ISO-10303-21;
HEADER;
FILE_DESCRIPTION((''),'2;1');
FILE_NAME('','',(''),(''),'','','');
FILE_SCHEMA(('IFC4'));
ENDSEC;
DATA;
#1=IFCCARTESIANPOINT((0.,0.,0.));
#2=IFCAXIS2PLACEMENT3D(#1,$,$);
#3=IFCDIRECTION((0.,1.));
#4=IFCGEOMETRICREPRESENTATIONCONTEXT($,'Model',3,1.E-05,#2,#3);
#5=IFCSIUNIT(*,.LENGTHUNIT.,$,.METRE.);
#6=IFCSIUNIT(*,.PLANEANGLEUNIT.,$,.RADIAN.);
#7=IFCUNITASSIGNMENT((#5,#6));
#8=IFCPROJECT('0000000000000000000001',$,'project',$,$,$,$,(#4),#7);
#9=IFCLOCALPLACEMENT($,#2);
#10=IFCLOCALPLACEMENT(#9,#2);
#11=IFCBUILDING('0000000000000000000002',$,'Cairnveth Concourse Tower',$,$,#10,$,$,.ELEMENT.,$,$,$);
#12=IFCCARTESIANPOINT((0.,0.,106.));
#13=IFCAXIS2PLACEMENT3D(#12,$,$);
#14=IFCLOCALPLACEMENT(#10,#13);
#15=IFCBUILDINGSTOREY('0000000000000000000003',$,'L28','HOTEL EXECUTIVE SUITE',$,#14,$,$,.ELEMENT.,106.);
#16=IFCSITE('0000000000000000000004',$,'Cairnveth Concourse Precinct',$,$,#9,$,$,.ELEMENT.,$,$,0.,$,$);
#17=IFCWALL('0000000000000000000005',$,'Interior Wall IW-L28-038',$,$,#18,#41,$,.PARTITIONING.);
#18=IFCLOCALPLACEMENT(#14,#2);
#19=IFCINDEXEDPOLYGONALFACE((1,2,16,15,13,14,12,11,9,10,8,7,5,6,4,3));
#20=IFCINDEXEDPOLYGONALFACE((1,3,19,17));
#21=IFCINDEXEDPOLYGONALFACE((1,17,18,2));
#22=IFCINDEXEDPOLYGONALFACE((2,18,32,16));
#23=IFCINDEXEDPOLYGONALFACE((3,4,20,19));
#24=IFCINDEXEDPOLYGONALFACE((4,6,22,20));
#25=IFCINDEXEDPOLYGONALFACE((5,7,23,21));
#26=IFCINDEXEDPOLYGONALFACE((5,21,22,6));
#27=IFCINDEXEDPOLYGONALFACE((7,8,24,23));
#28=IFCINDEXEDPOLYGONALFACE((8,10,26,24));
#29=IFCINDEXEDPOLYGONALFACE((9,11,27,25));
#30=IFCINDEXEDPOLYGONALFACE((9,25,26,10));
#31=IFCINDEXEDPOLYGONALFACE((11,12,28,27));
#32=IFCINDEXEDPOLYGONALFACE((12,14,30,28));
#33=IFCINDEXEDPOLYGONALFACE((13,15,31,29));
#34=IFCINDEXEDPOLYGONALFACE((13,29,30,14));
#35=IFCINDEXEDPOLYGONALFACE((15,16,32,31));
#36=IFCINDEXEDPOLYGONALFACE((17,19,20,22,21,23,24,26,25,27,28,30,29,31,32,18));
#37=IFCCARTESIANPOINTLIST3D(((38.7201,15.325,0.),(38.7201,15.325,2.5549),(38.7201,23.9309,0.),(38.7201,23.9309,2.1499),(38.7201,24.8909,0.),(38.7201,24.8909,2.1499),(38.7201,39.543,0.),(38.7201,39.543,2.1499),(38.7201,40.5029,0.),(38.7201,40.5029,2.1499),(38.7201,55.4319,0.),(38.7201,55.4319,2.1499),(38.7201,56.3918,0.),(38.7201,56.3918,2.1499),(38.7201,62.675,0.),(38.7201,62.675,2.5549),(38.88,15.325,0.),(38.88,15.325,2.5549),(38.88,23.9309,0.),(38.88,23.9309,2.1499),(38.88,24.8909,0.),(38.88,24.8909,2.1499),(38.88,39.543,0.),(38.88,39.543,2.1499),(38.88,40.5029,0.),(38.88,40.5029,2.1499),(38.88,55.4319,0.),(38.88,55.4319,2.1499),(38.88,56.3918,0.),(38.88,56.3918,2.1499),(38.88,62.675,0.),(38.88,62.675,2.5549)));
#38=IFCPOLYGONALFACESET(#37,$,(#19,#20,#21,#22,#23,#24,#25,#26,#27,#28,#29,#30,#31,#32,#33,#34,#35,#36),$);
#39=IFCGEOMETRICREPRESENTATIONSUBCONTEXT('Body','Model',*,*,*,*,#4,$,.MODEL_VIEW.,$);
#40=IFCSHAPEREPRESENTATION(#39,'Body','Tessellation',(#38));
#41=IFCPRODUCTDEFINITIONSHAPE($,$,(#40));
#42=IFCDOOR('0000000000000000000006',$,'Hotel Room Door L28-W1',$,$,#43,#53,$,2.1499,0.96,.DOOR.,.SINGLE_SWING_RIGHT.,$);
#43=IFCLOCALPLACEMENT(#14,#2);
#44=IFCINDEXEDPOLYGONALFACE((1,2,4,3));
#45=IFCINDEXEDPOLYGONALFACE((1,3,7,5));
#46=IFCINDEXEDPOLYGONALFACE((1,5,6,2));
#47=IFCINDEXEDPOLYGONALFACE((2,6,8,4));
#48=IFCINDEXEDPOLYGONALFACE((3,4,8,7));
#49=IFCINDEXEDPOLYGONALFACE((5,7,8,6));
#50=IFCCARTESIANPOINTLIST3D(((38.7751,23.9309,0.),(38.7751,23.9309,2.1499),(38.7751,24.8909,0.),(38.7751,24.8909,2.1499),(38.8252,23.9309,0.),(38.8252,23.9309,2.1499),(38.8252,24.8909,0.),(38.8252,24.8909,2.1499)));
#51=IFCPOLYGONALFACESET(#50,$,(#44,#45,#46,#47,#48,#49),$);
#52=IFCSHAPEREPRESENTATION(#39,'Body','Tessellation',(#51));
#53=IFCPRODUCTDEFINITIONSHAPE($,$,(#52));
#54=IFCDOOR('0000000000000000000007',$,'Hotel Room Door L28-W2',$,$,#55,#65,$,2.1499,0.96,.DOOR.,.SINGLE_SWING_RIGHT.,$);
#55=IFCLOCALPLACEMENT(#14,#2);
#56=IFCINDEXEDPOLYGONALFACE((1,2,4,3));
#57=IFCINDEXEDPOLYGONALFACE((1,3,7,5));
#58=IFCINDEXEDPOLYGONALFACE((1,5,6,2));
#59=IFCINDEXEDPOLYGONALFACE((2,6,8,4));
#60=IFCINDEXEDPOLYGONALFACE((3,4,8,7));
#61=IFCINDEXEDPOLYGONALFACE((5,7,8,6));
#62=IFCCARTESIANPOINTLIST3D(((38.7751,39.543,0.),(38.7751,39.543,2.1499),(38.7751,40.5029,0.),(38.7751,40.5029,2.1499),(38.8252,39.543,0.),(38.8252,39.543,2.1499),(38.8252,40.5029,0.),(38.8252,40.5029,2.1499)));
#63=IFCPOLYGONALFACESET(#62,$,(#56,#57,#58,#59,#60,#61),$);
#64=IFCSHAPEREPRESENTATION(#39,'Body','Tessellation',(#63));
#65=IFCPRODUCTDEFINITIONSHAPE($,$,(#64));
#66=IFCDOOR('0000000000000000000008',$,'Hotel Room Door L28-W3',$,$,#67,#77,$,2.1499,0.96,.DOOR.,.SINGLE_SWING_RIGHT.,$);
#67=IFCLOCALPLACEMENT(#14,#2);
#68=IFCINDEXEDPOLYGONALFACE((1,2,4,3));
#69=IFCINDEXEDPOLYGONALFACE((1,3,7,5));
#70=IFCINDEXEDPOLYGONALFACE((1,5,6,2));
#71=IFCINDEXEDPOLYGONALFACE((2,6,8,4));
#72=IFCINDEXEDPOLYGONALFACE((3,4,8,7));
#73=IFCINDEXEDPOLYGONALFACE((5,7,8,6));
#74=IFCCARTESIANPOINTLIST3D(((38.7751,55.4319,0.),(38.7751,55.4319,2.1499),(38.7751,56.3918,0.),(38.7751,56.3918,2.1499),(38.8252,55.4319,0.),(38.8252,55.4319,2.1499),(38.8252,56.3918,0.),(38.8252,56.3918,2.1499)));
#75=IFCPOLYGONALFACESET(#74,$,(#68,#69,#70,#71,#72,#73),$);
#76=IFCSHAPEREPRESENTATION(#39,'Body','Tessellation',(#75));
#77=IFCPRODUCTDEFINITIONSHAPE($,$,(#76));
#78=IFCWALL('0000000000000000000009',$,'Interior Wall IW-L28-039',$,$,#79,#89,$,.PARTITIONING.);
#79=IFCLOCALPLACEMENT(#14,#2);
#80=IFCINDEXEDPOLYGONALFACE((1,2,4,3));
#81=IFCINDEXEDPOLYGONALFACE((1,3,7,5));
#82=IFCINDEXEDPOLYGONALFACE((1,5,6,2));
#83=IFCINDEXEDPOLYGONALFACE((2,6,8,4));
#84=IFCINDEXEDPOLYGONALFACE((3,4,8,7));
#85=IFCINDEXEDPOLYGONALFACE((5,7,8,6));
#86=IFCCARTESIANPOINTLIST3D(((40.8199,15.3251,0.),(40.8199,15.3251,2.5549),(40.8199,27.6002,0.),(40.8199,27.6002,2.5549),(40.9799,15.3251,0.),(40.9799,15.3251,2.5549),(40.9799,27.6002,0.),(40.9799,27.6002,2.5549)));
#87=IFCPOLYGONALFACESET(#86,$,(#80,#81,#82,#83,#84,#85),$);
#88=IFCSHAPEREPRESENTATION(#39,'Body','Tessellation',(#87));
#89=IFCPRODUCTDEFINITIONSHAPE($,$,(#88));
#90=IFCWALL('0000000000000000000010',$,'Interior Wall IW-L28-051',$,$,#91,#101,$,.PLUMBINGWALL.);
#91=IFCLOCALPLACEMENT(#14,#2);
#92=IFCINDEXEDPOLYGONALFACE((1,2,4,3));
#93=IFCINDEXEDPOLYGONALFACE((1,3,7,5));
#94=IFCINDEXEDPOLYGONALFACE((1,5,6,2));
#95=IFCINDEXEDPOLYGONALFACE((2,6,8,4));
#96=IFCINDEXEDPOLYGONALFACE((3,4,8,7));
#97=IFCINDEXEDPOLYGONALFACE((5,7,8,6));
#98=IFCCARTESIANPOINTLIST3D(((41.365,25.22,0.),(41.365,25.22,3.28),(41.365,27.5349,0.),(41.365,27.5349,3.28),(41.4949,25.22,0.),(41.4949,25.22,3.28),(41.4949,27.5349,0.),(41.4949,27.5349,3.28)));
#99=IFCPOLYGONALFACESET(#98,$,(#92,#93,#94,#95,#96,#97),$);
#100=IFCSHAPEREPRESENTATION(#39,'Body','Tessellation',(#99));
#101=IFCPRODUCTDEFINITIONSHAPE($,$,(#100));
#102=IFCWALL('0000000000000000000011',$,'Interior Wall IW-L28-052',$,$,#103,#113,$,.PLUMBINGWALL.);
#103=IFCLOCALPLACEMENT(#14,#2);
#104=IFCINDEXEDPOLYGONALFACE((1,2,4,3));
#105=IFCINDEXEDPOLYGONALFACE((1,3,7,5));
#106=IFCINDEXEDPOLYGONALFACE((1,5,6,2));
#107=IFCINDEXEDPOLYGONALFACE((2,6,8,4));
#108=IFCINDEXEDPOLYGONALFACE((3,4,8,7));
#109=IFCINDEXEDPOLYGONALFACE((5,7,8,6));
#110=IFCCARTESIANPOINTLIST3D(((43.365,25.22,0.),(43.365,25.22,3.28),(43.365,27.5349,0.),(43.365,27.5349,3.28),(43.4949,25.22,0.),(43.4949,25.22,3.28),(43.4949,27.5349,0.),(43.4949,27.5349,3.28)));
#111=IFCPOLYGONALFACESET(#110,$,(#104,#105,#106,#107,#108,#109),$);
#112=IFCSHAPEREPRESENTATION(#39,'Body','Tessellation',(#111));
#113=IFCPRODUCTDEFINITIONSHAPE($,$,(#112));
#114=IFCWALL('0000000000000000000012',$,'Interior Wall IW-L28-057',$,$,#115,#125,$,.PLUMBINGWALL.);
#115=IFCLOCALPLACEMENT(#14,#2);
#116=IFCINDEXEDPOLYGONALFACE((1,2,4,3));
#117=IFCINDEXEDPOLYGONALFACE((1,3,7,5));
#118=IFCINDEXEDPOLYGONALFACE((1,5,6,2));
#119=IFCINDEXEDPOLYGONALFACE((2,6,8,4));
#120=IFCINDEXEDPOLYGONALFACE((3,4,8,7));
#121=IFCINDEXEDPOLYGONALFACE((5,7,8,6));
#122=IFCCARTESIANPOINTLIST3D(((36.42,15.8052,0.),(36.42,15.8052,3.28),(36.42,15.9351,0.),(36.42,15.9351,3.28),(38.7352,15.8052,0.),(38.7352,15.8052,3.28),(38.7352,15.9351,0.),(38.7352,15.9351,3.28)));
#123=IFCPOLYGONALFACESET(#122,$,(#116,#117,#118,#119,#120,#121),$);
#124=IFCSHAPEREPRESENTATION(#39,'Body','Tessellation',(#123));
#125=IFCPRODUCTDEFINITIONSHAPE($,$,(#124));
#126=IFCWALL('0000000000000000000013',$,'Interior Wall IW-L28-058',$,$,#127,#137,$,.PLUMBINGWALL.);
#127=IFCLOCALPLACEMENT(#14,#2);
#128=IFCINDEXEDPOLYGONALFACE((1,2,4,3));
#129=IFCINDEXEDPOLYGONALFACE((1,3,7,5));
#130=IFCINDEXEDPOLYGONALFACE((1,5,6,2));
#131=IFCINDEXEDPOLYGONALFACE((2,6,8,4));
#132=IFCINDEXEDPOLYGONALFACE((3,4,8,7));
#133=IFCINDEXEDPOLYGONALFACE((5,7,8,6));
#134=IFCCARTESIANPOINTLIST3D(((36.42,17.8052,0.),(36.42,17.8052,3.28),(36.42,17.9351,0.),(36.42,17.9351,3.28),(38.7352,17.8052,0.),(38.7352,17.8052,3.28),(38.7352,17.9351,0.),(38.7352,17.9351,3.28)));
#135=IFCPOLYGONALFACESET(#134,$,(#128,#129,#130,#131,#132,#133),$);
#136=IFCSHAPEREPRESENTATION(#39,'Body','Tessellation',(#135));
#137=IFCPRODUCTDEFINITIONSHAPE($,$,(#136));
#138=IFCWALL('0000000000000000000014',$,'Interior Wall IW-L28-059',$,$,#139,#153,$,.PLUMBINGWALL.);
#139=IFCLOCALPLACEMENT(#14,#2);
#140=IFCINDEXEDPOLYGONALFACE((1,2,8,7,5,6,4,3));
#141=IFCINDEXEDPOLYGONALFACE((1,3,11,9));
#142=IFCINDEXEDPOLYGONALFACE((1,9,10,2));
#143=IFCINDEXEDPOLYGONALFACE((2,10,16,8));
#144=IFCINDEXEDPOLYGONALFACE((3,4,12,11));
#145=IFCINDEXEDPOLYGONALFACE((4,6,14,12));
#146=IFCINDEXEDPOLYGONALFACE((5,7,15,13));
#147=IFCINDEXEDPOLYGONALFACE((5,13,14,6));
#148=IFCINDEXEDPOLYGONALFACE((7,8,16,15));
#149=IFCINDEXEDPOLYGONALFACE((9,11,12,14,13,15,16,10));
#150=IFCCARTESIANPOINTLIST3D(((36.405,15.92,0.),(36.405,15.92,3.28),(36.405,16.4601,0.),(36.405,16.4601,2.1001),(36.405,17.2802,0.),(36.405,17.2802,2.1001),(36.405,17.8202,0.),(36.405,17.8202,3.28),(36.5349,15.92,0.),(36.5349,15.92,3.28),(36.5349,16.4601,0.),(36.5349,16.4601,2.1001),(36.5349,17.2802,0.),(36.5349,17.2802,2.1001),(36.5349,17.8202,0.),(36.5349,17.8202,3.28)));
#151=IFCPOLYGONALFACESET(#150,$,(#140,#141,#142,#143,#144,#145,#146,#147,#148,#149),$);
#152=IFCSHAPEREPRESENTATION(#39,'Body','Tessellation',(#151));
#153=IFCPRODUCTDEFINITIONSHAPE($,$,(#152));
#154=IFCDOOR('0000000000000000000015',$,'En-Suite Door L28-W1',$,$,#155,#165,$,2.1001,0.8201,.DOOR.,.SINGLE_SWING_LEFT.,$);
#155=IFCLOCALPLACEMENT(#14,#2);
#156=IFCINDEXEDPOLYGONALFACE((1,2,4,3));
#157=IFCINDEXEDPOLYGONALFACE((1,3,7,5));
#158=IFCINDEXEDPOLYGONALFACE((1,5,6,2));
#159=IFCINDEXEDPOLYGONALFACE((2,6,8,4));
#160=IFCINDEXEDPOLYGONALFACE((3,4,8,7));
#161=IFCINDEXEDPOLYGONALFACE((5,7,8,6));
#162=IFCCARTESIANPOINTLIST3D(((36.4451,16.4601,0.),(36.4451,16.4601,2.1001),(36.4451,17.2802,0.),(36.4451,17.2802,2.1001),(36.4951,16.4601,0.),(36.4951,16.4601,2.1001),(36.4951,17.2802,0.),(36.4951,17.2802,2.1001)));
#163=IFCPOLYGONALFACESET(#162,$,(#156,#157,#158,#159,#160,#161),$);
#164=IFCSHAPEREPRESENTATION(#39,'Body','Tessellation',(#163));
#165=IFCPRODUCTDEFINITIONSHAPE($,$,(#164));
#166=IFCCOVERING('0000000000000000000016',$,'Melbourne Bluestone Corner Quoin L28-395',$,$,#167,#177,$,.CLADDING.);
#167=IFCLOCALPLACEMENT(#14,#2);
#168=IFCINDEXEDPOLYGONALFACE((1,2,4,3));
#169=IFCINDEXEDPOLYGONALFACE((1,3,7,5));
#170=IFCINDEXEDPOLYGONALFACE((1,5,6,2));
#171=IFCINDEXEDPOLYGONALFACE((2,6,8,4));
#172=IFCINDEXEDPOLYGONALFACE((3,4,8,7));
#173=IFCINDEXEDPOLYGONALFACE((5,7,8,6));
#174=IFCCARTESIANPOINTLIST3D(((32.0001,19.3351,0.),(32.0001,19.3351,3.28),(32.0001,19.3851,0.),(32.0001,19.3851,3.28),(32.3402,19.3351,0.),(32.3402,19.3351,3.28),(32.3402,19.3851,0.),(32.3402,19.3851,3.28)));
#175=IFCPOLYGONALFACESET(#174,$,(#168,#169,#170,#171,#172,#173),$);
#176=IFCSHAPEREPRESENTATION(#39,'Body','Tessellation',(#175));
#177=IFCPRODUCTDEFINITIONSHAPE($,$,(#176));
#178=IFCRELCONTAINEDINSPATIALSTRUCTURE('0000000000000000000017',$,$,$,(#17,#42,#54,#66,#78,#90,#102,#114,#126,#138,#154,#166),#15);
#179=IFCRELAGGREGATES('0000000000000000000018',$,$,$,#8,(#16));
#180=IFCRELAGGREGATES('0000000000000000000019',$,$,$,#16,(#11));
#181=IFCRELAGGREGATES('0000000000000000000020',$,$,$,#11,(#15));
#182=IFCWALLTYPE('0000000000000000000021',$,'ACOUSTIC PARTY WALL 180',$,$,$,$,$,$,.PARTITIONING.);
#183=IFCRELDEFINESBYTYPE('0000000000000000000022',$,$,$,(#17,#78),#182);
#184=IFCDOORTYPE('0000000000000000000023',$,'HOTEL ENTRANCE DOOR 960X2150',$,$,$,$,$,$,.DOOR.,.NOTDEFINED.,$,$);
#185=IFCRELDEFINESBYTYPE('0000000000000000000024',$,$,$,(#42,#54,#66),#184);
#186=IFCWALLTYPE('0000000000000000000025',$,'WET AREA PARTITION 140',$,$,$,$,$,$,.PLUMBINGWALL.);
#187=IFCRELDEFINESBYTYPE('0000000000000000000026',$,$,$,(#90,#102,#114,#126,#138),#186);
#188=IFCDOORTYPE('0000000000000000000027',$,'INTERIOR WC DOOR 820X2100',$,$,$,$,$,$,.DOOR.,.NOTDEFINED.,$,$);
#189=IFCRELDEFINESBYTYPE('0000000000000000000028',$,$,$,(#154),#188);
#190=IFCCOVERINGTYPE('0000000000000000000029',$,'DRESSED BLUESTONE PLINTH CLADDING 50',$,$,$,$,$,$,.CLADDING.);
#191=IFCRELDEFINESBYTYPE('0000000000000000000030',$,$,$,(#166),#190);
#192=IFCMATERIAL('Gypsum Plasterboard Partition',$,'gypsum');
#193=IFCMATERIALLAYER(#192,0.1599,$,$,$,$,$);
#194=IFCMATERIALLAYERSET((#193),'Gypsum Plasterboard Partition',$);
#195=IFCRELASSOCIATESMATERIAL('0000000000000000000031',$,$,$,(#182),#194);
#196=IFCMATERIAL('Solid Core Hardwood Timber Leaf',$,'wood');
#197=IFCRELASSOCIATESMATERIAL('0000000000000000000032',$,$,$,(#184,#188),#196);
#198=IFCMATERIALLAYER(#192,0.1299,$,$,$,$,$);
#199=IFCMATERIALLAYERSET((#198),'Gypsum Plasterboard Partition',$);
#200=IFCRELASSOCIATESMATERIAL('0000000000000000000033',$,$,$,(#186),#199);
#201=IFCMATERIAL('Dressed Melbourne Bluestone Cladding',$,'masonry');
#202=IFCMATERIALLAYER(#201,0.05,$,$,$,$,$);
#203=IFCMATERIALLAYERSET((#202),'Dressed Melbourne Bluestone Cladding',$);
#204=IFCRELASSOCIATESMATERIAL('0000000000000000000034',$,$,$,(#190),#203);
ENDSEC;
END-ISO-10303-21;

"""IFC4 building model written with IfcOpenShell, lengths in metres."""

from ifc_helpers import new_model, si_unit, direction, frame, frame_2d, origin, place, context, subcontext, project, spatial, rectangle, extrude, material, layer, layer_set, type_object, element, fill, save


model = new_model("IFC4")

# Units and contexts
model_context = context("Model", 3, precision=1e-05, world=origin(), true_north=direction((0.0, 1.0)))
body_context = subcontext(model_context, "Body", "Model", "MODEL_VIEW")
ifc_project = project(units=[si_unit("LENGTHUNIT", "METRE"), si_unit("PLANEANGLEUNIT", "RADIAN")], contexts=[model_context])

# Site, building, storey
site_placement = place(None, origin())
site = spatial("IfcSite", under=ifc_project, at=site_placement, Name="Cairnveth Concourse Precinct", CompositionType="ELEMENT", RefElevation=0.0)
building_placement = place(site_placement, origin())
building = spatial("IfcBuilding", under=site, at=building_placement, Name="Cairnveth Concourse Tower", CompositionType="ELEMENT")
storey_placement = place(building_placement, frame((0.0, 0.0, 106.0)))
storey = spatial("IfcBuildingStorey", under=building, at=storey_placement, Name="L28", Description="HOTEL EXECUTIVE SUITE", CompositionType="ELEMENT", Elevation=106.0)

# Wall, openings, doors
ifc_material_1 = material(Name="Gypsum Plasterboard Partition", Category="gypsum")
ifc_layer_1 = layer(ifc_material_1, 0.1599)
ifc_layer_set_1 = layer_set([ifc_layer_1], Name="Gypsum Plasterboard Partition")
wall_type_1 = type_object("IfcWallType", Name="ACOUSTIC PARTY WALL 180", PredefinedType="PARTITIONING", material=ifc_layer_set_1)
wall_1_placement = place(storey_placement, frame((38.8, 15.325, 0.0), z_axis=(0.0, 0.0, 1.0), x_axis=(0.0, 1.0, 0.0)))
wall_1 = element("IfcWall", 1, at=wall_1_placement, inside=storey, type_object=wall_type_1, Name="Interior Wall IW-L28-038", PredefinedType="PARTITIONING", context=body_context, shape_type="SweptSolid", body=[
    extrude(rectangle(XDim=47.3501, YDim=0.1599, at=frame_2d((23.675, 0.0))), origin(), (0.0, 0.0, 1.0), 2.5549),
])
opening_1_placement = place(wall_1_placement, frame((8.606, 0.0, 0.0)))
opening_1 = element("IfcOpeningElement", 2, at=opening_1_placement, cuts=wall_1, PredefinedType="OPENING", context=body_context, shape_type="SweptSolid", body=[
    extrude(rectangle(XDim=0.96, YDim=2.1499, at=frame_2d((0.48, 1.075))), frame((0.0, 0.0898, 0.0), z_axis=(0.0, -1.0, 0.0), x_axis=(1.0, 0.0, 0.0)), (0.0, 0.0, 1.0), 0.1799),
])
opening_2_placement = place(wall_1_placement, frame((24.218, 0.0, 0.0)))
opening_2 = element("IfcOpeningElement", 3, at=opening_2_placement, cuts=wall_1, PredefinedType="OPENING", context=body_context, shape_type="SweptSolid", body=[
    extrude(rectangle(XDim=0.96, YDim=2.1499, at=frame_2d((0.48, 1.075))), frame((0.0, 0.0898, 0.0), z_axis=(0.0, -1.0, 0.0), x_axis=(1.0, 0.0, 0.0)), (0.0, 0.0, 1.0), 0.1799),
])
opening_3_placement = place(wall_1_placement, frame((40.1069, 0.0, 0.0)))
opening_3 = element("IfcOpeningElement", 4, at=opening_3_placement, cuts=wall_1, PredefinedType="OPENING", context=body_context, shape_type="SweptSolid", body=[
    extrude(rectangle(XDim=0.96, YDim=2.1499, at=frame_2d((0.48, 1.075))), frame((0.0, 0.0898, 0.0), z_axis=(0.0, -1.0, 0.0), x_axis=(1.0, 0.0, 0.0)), (0.0, 0.0, 1.0), 0.1799),
])
ifc_material_2 = material(Name="Solid Core Hardwood Timber Leaf", Category="wood")
door_type_1 = type_object("IfcDoorType", Name="HOTEL ENTRANCE DOOR 960X2150", OperationType="NOTDEFINED", PredefinedType="DOOR", material=ifc_material_2)
door_1_placement = place(opening_1_placement, origin())
door_1 = element("IfcDoor", 5, at=door_1_placement, inside=storey, type_object=door_type_1, Name="Hotel Room Door L28-W1", OperationType="SINGLE_SWING_RIGHT", OverallHeight=2.1499, OverallWidth=0.96, PredefinedType="DOOR", context=body_context, shape_type="SweptSolid", body=[
    extrude(rectangle(XDim=0.96, YDim=2.1499, at=frame_2d((0.48, 1.075))), frame((0.0, 0.0249, 0.0), z_axis=(0.0, -1.0, 0.0), x_axis=(1.0, 0.0, 0.0)), (0.0, 0.0, 1.0), 0.05),
])
fill(opening_1, door_1)
door_2_placement = place(opening_2_placement, origin())
door_2 = element("IfcDoor", 6, at=door_2_placement, inside=storey, type_object=door_type_1, Name="Hotel Room Door L28-W2", OperationType="SINGLE_SWING_RIGHT", OverallHeight=2.1499, OverallWidth=0.96, PredefinedType="DOOR", context=body_context, shape_type="SweptSolid", body=[
    extrude(rectangle(XDim=0.96, YDim=2.1499, at=frame_2d((0.48, 1.075))), frame((0.0, 0.0249, 0.0), z_axis=(0.0, -1.0, 0.0), x_axis=(1.0, 0.0, 0.0)), (0.0, 0.0, 1.0), 0.05),
])
fill(opening_2, door_2)
door_3_placement = place(opening_3_placement, origin())
door_3 = element("IfcDoor", 7, at=door_3_placement, inside=storey, type_object=door_type_1, Name="Hotel Room Door L28-W3", OperationType="SINGLE_SWING_RIGHT", OverallHeight=2.1499, OverallWidth=0.96, PredefinedType="DOOR", context=body_context, shape_type="SweptSolid", body=[
    extrude(rectangle(XDim=0.96, YDim=2.1499, at=frame_2d((0.48, 1.075))), frame((0.0, 0.0249, 0.0), z_axis=(0.0, -1.0, 0.0), x_axis=(1.0, 0.0, 0.0)), (0.0, 0.0, 1.0), 0.05),
])
fill(opening_3, door_3)

# Walls
wall_2_placement = place(storey_placement, frame((40.8999, 15.325, 0.0), z_axis=(0.0, 0.0, 1.0), x_axis=(0.0, 1.0, 0.0)))
element("IfcWall", 8, at=wall_2_placement, inside=storey, type_object=wall_type_1, Name="Interior Wall IW-L28-039", PredefinedType="PARTITIONING", context=body_context, shape_type="SweptSolid", body=[
    extrude(rectangle(XDim=12.2751, YDim=0.1599, at=frame_2d((6.1377, 0.0))), origin(), (0.0, 0.0, 1.0), 2.5549),
])
ifc_layer_2 = layer(ifc_material_1, 0.1299)
ifc_layer_set_2 = layer_set([ifc_layer_2], Name="Gypsum Plasterboard Partition")
wall_type_2 = type_object("IfcWallType", Name="WET AREA PARTITION 140", PredefinedType="PLUMBINGWALL", material=ifc_layer_set_2)
for number, where, z_axis, x_axis, name in (
    (9, (41.4299, 25.22, 0.0), (0.0, 0.0, 1.0), (0.0, 1.0, 0.0), "Interior Wall IW-L28-051"),
    (10, (43.4299, 25.22, 0.0), (0.0, 0.0, 1.0), (0.0, 1.0, 0.0), "Interior Wall IW-L28-052"),
):
    element("IfcWall", number, at=place(storey_placement, frame(where, z_axis=z_axis, x_axis=x_axis)), inside=storey, type_object=wall_type_2, Name=name, PredefinedType="PLUMBINGWALL", context=body_context, shape_type="SweptSolid", body=[
        extrude(rectangle(XDim=2.3149, YDim=0.1299, at=frame_2d((1.1575, 0.0))), origin(), (0.0, 0.0, 1.0), 3.28),
    ])
for number, where, z_axis, x_axis, name in (
    (11, (36.4199, 15.8701, 0.0), (0.0, 0.0, 1.0), (1.0, 0.0, 0.0), "Interior Wall IW-L28-057"),
    (12, (36.4199, 17.8701, 0.0), (0.0, 0.0, 1.0), (1.0, 0.0, 0.0), "Interior Wall IW-L28-058"),
):
    element("IfcWall", number, at=place(storey_placement, frame(where, z_axis=z_axis, x_axis=x_axis)), inside=storey, type_object=wall_type_2, Name=name, PredefinedType="PLUMBINGWALL", context=body_context, shape_type="SweptSolid", body=[
        extrude(rectangle(XDim=2.3152, YDim=0.1299, at=frame_2d((1.1577, 0.0))), origin(), (0.0, 0.0, 1.0), 3.28),
    ])

# Wall, opening, door
wall_3_placement = place(storey_placement, frame((36.47, 15.9199, 0.0), z_axis=(0.0, 0.0, 1.0), x_axis=(0.0, 1.0, 0.0)))
wall_3 = element("IfcWall", 13, at=wall_3_placement, inside=storey, type_object=wall_type_2, Name="Interior Wall IW-L28-059", PredefinedType="PLUMBINGWALL", context=body_context, shape_type="SweptSolid", body=[
    extrude(rectangle(XDim=1.9001, YDim=0.1299, at=frame_2d((0.9502, 0.0))), origin(), (0.0, 0.0, 1.0), 3.28),
])
opening_4_placement = place(wall_3_placement, frame((0.54, 0.0, 0.0)))
opening_4 = element("IfcOpeningElement", 14, at=opening_4_placement, cuts=wall_3, PredefinedType="OPENING", context=body_context, shape_type="SweptSolid", body=[
    extrude(rectangle(XDim=0.8201, YDim=2.1001, at=frame_2d((0.4102, 1.05))), frame((0.0, 0.075, 0.0), z_axis=(0.0, -1.0, 0.0), x_axis=(1.0, 0.0, 0.0)), (0.0, 0.0, 1.0), 0.1499),
])
door_type_2 = type_object("IfcDoorType", Name="INTERIOR WC DOOR 820X2100", OperationType="NOTDEFINED", PredefinedType="DOOR", material=ifc_material_2)
door_4_placement = place(opening_4_placement, origin())
door_4 = element("IfcDoor", 15, at=door_4_placement, inside=storey, type_object=door_type_2, Name="En-Suite Door L28-W1", OperationType="SINGLE_SWING_LEFT", OverallHeight=2.1001, OverallWidth=0.8201, PredefinedType="DOOR", context=body_context, shape_type="SweptSolid", body=[
    extrude(rectangle(XDim=0.8201, YDim=2.1001, at=frame_2d((0.4102, 1.05))), frame((0.0, 0.0249, 0.0), z_axis=(0.0, -1.0, 0.0), x_axis=(1.0, 0.0, 0.0)), (0.0, 0.0, 1.0), 0.05),
])
fill(opening_4, door_4)

# Covering
ifc_material_3 = material(Name="Dressed Melbourne Bluestone Cladding", Category="masonry")
ifc_layer_3 = layer(ifc_material_3, 0.05)
ifc_layer_set_3 = layer_set([ifc_layer_3], Name="Dressed Melbourne Bluestone Cladding")
covering_type = type_object("IfcCoveringType", Name="DRESSED BLUESTONE PLINTH CLADDING 50", PredefinedType="CLADDING", material=ifc_layer_set_3)
covering_placement = place(storey_placement, frame((32.3401, 19.3601, 0.0), z_axis=(0.0, 0.0, 1.0), x_axis=(-1.0, 0.0, 0.0)))
element("IfcCovering", 16, at=covering_placement, inside=storey, type_object=covering_type, Name="Melbourne Bluestone Corner Quoin L28-395", PredefinedType="CLADDING", context=body_context, shape_type="SweptSolid", body=[
    extrude(rectangle(XDim=0.3401, YDim=0.05, at=frame_2d((0.1699, 0.0))), origin(), (0.0, 0.0, 1.0), 3.28),
])

save(model, "model.ifc")
